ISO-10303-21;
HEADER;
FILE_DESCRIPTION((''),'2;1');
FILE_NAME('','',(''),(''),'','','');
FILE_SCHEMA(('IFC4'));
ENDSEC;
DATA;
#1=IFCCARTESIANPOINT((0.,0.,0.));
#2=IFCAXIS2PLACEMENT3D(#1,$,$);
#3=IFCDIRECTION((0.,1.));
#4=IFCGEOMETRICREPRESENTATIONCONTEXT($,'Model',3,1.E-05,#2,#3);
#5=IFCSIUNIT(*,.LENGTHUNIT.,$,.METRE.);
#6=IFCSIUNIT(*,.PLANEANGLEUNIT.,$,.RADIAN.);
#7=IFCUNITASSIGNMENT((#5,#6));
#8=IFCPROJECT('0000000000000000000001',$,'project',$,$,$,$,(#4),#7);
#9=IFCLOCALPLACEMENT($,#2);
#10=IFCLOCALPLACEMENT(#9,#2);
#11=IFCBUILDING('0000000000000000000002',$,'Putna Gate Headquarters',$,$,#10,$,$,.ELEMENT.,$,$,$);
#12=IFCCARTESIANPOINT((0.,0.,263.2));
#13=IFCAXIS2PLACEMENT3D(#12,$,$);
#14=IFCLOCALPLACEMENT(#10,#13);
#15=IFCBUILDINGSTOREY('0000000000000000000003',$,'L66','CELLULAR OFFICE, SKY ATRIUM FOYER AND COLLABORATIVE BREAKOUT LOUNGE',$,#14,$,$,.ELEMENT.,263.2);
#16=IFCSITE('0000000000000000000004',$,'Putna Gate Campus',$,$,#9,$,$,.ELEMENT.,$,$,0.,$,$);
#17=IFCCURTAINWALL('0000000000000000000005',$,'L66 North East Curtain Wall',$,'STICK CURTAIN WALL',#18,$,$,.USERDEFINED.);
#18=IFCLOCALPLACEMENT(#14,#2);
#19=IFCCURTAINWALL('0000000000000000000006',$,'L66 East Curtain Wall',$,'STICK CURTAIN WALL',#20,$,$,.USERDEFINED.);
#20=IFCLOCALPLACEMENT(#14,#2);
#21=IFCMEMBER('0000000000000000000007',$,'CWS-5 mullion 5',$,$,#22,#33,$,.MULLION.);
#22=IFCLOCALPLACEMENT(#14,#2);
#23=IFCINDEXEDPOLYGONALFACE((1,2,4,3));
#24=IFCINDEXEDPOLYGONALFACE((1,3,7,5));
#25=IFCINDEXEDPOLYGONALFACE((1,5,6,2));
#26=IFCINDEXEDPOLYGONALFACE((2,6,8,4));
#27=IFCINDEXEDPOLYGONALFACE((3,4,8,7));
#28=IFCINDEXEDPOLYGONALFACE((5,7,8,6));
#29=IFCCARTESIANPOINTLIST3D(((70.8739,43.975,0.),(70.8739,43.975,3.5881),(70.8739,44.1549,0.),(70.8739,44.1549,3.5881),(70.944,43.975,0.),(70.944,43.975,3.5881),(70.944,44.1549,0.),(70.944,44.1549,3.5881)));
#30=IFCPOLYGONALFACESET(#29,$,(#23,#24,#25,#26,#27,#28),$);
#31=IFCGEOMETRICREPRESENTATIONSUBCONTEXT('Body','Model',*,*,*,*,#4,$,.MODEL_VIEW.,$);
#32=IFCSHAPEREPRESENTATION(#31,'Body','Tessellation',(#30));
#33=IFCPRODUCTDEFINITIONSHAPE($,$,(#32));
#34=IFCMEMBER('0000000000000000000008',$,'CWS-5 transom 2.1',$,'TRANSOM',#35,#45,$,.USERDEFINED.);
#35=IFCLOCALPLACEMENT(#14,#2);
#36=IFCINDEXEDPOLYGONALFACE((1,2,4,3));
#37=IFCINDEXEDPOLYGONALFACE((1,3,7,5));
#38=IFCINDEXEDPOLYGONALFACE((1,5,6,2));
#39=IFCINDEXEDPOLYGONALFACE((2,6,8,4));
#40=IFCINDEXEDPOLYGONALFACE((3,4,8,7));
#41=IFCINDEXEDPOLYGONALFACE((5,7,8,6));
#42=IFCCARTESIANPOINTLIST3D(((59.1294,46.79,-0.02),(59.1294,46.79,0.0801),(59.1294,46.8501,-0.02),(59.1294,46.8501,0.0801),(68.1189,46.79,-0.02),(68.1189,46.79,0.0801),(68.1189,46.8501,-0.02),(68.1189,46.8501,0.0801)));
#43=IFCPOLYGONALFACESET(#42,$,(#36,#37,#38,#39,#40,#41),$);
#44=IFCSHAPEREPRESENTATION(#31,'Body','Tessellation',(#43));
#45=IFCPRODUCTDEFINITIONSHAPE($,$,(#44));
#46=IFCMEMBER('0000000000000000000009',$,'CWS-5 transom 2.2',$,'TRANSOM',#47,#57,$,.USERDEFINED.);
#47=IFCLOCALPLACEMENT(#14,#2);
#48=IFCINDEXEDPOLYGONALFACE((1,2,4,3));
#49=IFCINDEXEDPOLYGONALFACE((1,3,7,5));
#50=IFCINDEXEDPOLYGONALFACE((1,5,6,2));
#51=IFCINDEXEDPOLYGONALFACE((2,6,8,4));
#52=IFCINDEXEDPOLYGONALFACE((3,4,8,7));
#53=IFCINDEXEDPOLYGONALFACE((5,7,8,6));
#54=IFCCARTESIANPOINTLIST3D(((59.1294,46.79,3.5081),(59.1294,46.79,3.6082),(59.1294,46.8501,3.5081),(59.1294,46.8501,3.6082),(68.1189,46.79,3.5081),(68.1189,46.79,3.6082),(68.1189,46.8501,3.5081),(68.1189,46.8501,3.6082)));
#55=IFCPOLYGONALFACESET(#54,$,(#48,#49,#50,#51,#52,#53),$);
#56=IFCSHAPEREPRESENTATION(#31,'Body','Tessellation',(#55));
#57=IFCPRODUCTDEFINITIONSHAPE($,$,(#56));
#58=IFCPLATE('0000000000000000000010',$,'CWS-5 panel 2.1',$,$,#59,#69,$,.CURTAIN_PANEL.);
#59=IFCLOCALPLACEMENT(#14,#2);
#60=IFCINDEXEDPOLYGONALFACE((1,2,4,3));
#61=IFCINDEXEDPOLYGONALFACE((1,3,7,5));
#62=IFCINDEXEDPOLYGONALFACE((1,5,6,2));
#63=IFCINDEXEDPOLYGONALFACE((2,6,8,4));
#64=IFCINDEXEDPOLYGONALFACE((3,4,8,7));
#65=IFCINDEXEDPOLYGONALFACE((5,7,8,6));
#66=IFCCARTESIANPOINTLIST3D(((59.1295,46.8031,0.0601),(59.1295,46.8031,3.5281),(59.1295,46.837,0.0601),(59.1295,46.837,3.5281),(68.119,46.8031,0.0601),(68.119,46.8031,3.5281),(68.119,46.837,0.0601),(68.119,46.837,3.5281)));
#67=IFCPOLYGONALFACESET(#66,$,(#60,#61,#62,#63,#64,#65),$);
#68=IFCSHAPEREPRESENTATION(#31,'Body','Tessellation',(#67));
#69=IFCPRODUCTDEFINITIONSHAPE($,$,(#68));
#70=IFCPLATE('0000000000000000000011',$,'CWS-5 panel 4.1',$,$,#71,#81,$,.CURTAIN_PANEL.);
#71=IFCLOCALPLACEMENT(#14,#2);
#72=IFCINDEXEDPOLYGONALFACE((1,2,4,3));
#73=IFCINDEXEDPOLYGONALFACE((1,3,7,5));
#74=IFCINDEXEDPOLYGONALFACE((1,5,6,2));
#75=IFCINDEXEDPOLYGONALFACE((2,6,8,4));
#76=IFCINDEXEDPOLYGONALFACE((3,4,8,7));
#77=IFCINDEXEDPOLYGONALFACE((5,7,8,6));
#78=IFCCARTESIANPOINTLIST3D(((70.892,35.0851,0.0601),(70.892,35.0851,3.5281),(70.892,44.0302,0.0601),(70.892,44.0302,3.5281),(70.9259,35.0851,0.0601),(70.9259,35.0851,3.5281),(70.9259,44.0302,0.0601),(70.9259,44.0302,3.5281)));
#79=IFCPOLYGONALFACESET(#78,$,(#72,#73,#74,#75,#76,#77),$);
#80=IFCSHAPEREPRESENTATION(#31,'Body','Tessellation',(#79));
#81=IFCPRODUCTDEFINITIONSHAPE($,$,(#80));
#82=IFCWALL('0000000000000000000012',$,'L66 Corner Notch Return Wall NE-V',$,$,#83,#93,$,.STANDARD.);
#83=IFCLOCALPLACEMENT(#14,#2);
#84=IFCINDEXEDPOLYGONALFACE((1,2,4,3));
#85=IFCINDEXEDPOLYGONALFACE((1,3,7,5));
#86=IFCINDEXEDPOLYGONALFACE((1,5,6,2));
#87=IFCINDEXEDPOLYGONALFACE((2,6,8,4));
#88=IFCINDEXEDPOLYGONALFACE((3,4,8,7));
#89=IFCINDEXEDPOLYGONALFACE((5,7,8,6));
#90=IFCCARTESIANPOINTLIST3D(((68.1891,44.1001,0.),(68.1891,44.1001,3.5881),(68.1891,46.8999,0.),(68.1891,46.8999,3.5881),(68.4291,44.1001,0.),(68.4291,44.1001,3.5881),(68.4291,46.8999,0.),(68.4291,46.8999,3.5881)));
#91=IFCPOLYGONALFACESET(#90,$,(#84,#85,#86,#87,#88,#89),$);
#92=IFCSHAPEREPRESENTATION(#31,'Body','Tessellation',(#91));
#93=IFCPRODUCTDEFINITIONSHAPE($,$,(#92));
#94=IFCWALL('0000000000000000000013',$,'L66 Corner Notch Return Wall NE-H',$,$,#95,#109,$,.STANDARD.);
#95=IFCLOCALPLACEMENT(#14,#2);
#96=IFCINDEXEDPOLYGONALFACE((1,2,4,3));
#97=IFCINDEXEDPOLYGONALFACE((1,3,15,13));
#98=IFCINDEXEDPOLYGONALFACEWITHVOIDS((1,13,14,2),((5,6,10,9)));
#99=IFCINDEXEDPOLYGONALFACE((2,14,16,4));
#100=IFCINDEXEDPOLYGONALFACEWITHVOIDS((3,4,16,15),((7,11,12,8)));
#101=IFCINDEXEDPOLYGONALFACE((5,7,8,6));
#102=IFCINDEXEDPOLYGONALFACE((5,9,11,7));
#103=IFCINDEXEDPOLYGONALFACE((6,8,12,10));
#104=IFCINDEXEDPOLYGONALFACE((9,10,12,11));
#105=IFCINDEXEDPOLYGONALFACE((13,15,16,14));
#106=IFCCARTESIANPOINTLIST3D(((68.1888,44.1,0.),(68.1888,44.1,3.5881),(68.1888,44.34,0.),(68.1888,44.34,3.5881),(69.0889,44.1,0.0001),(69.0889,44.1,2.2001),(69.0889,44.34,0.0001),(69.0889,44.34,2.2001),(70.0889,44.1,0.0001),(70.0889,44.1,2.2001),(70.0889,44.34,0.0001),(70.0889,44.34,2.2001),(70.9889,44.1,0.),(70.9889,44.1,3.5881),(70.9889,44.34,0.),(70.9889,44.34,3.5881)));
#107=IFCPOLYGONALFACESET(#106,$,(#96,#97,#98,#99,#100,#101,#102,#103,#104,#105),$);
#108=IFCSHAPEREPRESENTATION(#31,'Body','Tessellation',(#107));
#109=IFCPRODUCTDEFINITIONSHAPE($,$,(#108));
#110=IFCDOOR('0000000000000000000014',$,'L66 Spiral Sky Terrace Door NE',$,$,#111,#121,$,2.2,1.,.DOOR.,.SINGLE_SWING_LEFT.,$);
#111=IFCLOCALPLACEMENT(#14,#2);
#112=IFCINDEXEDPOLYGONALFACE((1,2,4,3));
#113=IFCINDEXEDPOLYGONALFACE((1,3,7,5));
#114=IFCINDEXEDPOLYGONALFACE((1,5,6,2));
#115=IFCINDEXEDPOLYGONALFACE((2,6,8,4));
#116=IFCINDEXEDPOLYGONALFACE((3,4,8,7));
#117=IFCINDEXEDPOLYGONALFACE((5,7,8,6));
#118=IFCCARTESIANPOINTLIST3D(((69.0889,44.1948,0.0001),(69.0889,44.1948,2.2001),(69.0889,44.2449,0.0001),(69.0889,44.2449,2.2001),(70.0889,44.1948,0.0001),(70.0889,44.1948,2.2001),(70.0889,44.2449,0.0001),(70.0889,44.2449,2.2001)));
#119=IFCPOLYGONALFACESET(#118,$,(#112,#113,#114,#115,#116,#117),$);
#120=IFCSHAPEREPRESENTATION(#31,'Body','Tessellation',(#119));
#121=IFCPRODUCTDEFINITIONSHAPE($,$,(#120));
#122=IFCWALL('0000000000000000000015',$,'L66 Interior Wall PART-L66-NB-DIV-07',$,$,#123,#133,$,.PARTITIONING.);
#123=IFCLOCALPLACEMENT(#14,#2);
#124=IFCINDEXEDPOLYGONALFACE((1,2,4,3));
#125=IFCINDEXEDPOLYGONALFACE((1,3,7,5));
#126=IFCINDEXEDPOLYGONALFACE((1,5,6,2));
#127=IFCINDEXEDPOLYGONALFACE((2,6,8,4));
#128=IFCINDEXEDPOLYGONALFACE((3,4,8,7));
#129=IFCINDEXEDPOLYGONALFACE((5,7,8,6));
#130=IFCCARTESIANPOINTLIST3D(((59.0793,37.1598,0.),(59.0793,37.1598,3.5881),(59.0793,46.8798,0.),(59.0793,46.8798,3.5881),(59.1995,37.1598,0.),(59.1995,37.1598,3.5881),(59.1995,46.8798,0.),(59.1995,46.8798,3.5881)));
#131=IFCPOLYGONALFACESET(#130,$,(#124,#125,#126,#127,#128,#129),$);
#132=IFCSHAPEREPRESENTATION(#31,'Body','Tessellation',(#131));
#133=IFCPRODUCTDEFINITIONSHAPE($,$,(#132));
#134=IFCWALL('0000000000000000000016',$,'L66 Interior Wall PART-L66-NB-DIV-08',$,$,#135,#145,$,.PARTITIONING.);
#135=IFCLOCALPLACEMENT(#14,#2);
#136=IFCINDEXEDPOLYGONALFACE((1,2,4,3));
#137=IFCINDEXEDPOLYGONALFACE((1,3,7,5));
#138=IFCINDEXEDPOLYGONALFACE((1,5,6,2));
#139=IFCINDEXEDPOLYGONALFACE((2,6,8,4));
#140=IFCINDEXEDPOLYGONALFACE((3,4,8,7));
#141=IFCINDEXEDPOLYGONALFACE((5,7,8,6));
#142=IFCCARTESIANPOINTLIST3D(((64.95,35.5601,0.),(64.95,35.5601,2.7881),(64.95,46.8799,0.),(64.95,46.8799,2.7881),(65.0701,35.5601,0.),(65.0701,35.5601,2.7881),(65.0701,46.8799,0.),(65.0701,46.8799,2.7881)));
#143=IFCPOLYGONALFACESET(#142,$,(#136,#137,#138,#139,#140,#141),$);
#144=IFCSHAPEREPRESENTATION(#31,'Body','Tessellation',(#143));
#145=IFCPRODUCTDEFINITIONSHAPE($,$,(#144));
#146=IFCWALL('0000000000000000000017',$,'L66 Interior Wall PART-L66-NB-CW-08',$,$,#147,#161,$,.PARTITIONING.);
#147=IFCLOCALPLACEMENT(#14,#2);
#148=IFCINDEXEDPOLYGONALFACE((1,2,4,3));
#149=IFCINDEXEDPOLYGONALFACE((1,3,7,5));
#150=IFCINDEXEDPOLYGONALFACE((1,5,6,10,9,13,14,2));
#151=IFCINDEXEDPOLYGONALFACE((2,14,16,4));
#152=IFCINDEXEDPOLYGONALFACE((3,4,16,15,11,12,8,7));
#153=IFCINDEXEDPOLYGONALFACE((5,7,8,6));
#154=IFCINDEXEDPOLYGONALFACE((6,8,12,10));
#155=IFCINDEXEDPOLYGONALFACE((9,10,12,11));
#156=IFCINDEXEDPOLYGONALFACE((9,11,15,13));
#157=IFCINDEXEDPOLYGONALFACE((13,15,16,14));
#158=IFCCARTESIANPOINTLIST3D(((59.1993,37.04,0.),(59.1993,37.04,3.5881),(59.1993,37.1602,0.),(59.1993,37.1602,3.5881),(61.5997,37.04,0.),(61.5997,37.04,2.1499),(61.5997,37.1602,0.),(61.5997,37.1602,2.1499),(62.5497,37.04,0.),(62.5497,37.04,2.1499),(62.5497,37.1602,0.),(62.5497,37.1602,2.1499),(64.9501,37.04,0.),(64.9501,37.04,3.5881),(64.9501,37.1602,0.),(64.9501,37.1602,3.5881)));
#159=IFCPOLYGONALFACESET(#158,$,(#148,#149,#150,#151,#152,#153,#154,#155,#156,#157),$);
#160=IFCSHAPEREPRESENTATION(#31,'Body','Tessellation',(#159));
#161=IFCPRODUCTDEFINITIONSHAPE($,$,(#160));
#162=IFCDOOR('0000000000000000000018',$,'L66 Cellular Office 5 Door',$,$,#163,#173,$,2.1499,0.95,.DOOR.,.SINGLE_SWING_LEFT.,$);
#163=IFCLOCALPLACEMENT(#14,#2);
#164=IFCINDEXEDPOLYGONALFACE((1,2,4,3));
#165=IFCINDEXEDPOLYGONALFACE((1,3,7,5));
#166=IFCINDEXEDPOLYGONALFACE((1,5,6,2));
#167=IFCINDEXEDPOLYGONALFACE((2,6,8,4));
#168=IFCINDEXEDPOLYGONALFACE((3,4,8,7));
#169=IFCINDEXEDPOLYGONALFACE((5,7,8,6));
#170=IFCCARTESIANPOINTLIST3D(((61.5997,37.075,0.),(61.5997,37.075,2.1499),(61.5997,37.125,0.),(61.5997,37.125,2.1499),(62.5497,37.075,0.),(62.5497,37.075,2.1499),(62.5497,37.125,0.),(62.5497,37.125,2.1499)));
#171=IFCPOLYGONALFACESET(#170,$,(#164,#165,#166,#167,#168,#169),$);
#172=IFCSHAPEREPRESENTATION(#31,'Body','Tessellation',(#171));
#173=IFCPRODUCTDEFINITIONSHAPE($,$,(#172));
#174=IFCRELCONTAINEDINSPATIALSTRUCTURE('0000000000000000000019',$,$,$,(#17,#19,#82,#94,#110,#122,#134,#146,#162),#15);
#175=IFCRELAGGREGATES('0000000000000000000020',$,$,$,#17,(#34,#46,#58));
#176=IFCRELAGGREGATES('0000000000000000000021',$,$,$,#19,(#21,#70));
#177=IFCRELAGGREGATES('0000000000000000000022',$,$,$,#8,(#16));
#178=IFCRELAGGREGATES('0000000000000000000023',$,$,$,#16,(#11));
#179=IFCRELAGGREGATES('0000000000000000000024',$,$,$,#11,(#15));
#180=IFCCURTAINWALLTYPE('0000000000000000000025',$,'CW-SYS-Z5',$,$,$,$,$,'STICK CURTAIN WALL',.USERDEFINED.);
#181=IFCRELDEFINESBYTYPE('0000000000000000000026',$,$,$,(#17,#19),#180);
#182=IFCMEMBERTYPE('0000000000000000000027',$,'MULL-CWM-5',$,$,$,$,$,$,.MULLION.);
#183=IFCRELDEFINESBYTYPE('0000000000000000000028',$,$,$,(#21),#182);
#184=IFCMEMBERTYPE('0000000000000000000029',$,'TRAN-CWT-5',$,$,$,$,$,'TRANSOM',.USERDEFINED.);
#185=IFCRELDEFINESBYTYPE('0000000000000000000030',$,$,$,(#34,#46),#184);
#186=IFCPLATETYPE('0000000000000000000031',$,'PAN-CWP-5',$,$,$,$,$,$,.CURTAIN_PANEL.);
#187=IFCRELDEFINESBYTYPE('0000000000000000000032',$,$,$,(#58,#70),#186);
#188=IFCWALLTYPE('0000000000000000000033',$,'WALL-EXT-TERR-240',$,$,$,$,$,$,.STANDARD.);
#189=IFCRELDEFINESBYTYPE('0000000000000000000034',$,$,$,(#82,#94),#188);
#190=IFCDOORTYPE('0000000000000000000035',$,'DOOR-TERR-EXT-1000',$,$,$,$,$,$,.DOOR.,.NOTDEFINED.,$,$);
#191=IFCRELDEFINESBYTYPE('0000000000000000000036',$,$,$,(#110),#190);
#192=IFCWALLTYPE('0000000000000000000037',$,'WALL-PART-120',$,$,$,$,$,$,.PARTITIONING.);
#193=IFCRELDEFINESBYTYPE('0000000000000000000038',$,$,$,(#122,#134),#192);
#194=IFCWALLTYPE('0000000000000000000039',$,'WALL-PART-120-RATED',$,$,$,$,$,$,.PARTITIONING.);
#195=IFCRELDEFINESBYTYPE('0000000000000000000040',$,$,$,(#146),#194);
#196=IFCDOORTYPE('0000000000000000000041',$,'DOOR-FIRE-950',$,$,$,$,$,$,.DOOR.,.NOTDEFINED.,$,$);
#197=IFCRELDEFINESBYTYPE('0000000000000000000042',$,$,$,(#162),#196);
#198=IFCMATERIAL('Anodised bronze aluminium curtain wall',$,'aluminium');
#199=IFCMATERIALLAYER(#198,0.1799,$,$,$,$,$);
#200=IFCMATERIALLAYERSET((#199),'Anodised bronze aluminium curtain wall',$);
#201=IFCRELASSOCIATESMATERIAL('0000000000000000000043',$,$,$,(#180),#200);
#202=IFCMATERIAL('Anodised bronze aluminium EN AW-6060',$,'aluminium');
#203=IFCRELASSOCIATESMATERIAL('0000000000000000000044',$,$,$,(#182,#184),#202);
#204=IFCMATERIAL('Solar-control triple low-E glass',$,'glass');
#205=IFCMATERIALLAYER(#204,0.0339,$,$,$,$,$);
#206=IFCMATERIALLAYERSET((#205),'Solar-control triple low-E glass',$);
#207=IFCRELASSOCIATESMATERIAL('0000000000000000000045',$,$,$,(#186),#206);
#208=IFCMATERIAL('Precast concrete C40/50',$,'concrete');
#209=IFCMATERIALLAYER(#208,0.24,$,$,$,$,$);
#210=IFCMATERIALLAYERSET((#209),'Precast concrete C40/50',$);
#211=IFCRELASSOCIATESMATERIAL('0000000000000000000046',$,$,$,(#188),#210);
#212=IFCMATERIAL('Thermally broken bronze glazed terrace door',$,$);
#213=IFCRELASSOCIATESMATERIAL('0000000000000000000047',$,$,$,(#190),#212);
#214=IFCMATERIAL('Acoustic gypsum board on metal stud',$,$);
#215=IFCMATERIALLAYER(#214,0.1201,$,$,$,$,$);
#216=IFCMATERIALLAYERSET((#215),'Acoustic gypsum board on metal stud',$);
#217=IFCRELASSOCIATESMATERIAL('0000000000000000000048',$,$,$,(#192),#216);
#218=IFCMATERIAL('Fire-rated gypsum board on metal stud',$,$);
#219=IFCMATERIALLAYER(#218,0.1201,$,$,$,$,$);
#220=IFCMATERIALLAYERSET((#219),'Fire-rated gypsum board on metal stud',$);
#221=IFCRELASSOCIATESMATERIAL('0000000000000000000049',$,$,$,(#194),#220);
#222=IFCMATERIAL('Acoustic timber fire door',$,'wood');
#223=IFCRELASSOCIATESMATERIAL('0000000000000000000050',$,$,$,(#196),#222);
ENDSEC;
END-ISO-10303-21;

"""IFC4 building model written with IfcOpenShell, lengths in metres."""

from ifc_helpers import new_model, si_unit, direction, frame, frame_2d, origin, origin_2d, place, context, subcontext, project, spatial, rectangle, extrude, material, layer, layer_set, material_profile, profile_set, type_object, element, fill, aggregate, save


model = new_model("IFC4")

# Units and contexts
model_context = context("Model", 3, precision=1e-05, world=origin(), true_north=direction((0.0, 1.0)))
body_context = subcontext(model_context, "Body", "Model", "MODEL_VIEW")
ifc_project = project(units=[si_unit("LENGTHUNIT", "METRE"), si_unit("PLANEANGLEUNIT", "RADIAN")], contexts=[model_context])

# Site, building, storey
site_placement = place(None, origin())
site = spatial("IfcSite", under=ifc_project, at=site_placement, Name="Putna Gate Campus", CompositionType="ELEMENT", RefElevation=0.0)
building_placement = place(site_placement, origin())
building = spatial("IfcBuilding", under=site, at=building_placement, Name="Putna Gate Headquarters", CompositionType="ELEMENT")
storey_placement = place(building_placement, frame((0.0, 0.0, 263.2)))
storey = spatial("IfcBuildingStorey", under=building, at=storey_placement, Name="L66", Description="CELLULAR OFFICE, SKY ATRIUM FOYER AND COLLABORATIVE BREAKOUT LOUNGE", CompositionType="ELEMENT", Elevation=263.2)

# Curtain wall
ifc_material_1 = material(Name="Anodised bronze aluminium curtain wall", Category="aluminium")
ifc_layer_1 = layer(ifc_material_1, 0.1799)
ifc_layer_set_1 = layer_set([ifc_layer_1], Name="Anodised bronze aluminium curtain wall")
curtain_wall_type = type_object("IfcCurtainWallType", Name="CW-SYS-Z5", ElementType="STICK CURTAIN WALL", PredefinedType="USERDEFINED", material=ifc_layer_set_1)
curtain_wall_1_placement = place(storey_placement, origin())
curtain_wall_1 = element("IfcCurtainWall", 1, at=curtain_wall_1_placement, inside=storey, type_object=curtain_wall_type, Name="L66 North East Curtain Wall", ObjectType="STICK CURTAIN WALL", PredefinedType="USERDEFINED")
ifc_material_2 = material(Name="Anodised bronze aluminium EN AW-6060", Category="aluminium")
ifc_material_profile_1 = material_profile(ifc_material_2, rectangle(XDim=0.0701, YDim=0.1799, at=origin_2d()), Name="Anodised bronze aluminium EN AW-6060")
ifc_profile_set_1 = profile_set([ifc_material_profile_1], Name="Anodised bronze aluminium EN AW-6060")
member_type_1 = type_object("IfcMemberType", Name="MULL-CWM-5", PredefinedType="MULLION", material=ifc_profile_set_1)

# Curtain wall, member
curtain_wall_2_placement = place(storey_placement, origin())
curtain_wall_2 = element("IfcCurtainWall", 2, at=curtain_wall_2_placement, inside=storey, type_object=curtain_wall_type, Name="L66 East Curtain Wall", ObjectType="STICK CURTAIN WALL", PredefinedType="USERDEFINED")
member_1_placement = place(storey_placement, frame((70.9089, 44.0649, 0.0), z_axis=(0.0, 0.0, 1.0), x_axis=(-1.0, 0.0, 0.0)))
member_1 = element("IfcMember", 3, at=member_1_placement, type_object=member_type_1, Name="CWS-5 mullion 5", PredefinedType="MULLION", context=body_context, shape_type="SweptSolid", body=[
    extrude(rectangle(XDim=0.0701, YDim=0.1799, at=origin_2d()), origin(), (0.0, 0.0, 1.0), 3.5881),
])

# Members
ifc_material_profile_2 = material_profile(ifc_material_2, rectangle(XDim=0.0601, YDim=0.1001, at=origin_2d()), Name="Anodised bronze aluminium EN AW-6060")
ifc_profile_set_2 = profile_set([ifc_material_profile_2], Name="Anodised bronze aluminium EN AW-6060")
member_type_2 = type_object("IfcMemberType", Name="TRAN-CWT-5", ElementType="TRANSOM", PredefinedType="USERDEFINED", material=ifc_profile_set_2)
member_2_placement = place(storey_placement, frame((59.1294, 46.8201, 0.03), z_axis=(1.0, 0.0, 0.0), x_axis=(0.0, 1.0, 0.0)))
member_2 = element("IfcMember", 4, at=member_2_placement, type_object=member_type_2, Name="CWS-5 transom 2.1", ObjectType="TRANSOM", PredefinedType="USERDEFINED", context=body_context, shape_type="SweptSolid", body=[
    extrude(rectangle(XDim=0.0601, YDim=0.1001, at=origin_2d()), origin(), (0.0, 0.0, 1.0), 8.9895),
])
member_3_placement = place(storey_placement, frame((59.1294, 46.8201, 3.5581), z_axis=(1.0, 0.0, 0.0), x_axis=(0.0, 1.0, 0.0)))
member_3 = element("IfcMember", 5, at=member_3_placement, type_object=member_type_2, Name="CWS-5 transom 2.2", ObjectType="TRANSOM", PredefinedType="USERDEFINED", context=body_context, shape_type="SweptSolid", body=[
    extrude(rectangle(XDim=0.0601, YDim=0.1001, at=origin_2d()), origin(), (0.0, 0.0, 1.0), 8.9895),
])

# Plates
ifc_material_3 = material(Name="Solar-control triple low-E glass", Category="glass")
ifc_layer_2 = layer(ifc_material_3, 0.0339)
ifc_layer_set_2 = layer_set([ifc_layer_2], Name="Solar-control triple low-E glass")
plate_type = type_object("IfcPlateType", Name="PAN-CWP-5", PredefinedType="CURTAIN_PANEL", material=ifc_layer_set_2)
plate_1_placement = place(storey_placement, frame((63.6243, 46.8201, 0.0601), z_axis=(0.0, 0.0, 1.0), x_axis=(1.0, 0.0, 0.0)))
plate_1 = element("IfcPlate", 6, at=plate_1_placement, type_object=plate_type, Name="CWS-5 panel 2.1", PredefinedType="CURTAIN_PANEL", context=body_context, shape_type="SweptSolid", body=[
    extrude(rectangle(XDim=8.9895, YDim=0.0339, at=origin_2d()), origin(), (0.0, 0.0, 1.0), 3.468),
])
aggregate(curtain_wall_1, [member_2, member_3, plate_1])
plate_2_placement = place(storey_placement, frame((70.9089, 39.5576, 0.0601), z_axis=(0.0, 0.0, 1.0), x_axis=(0.0, 1.0, 0.0)))
plate_2 = element("IfcPlate", 7, at=plate_2_placement, type_object=plate_type, Name="CWS-5 panel 4.1", PredefinedType="CURTAIN_PANEL", context=body_context, shape_type="SweptSolid", body=[
    extrude(rectangle(XDim=8.9451, YDim=0.0339, at=origin_2d()), origin(), (0.0, 0.0, 1.0), 3.468),
])
aggregate(curtain_wall_2, [member_1, plate_2])

# Wall
ifc_material_4 = material(Name="Precast concrete C40/50", Category="concrete")
ifc_layer_3 = layer(ifc_material_4, 0.24)
ifc_layer_set_3 = layer_set([ifc_layer_3], Name="Precast concrete C40/50")
wall_type_1 = type_object("IfcWallType", Name="WALL-EXT-TERR-240", PredefinedType="STANDARD", material=ifc_layer_set_3)
wall_1_placement = place(storey_placement, frame((68.3091, 46.8999, 0.0), z_axis=(0.0, 0.0, 1.0), x_axis=(0.0, -1.0, 0.0)))
element("IfcWall", 8, at=wall_1_placement, inside=storey, type_object=wall_type_1, Name="L66 Corner Notch Return Wall NE-V", PredefinedType="STANDARD", context=body_context, shape_type="SweptSolid", body=[
    extrude(rectangle(XDim=2.7998, YDim=0.24, at=frame_2d((1.3999, 0.0))), origin(), (0.0, 0.0, 1.0), 3.5881),
])

# Wall, opening, door
wall_2_placement = place(storey_placement, frame((68.189, 44.22, 0.0), z_axis=(0.0, 0.0, 1.0), x_axis=(1.0, 0.0, 0.0)))
wall_2 = element("IfcWall", 9, at=wall_2_placement, inside=storey, type_object=wall_type_1, Name="L66 Corner Notch Return Wall NE-H", PredefinedType="STANDARD", context=body_context, shape_type="SweptSolid", body=[
    extrude(rectangle(XDim=2.8, YDim=0.24, at=frame_2d((1.3999, 0.0))), origin(), (0.0, 0.0, 1.0), 3.5881),
])
opening_1_placement = place(wall_2_placement, frame((0.8999, 0.0, 0.0)))
opening_1 = element("IfcOpeningElement", 10, at=opening_1_placement, cuts=wall_2, PredefinedType="OPENING", context=body_context, shape_type="SweptSolid", body=[
    extrude(rectangle(XDim=1.0, YDim=2.2, at=frame_2d((0.5, 1.1001))), frame((0.0, 0.1299, 0.0), z_axis=(0.0, -1.0, 0.0), x_axis=(1.0, 0.0, 0.0)), (0.0, 0.0, 1.0), 0.26),
])
ifc_material_5 = material(Name="Thermally broken bronze glazed terrace door")
door_type_1 = type_object("IfcDoorType", Name="DOOR-TERR-EXT-1000", OperationType="NOTDEFINED", PredefinedType="DOOR", material=ifc_material_5)
door_1_placement = place(opening_1_placement, origin())
door_1 = element("IfcDoor", 11, at=door_1_placement, inside=storey, type_object=door_type_1, Name="L66 Spiral Sky Terrace Door NE", OperationType="SINGLE_SWING_LEFT", OverallHeight=2.2, OverallWidth=1.0, PredefinedType="DOOR", context=body_context, shape_type="SweptSolid", body=[
    extrude(rectangle(XDim=1.0, YDim=2.2, at=frame_2d((0.5, 1.1001))), frame((0.0, 0.0249, 0.0), z_axis=(0.0, -1.0, 0.0), x_axis=(1.0, 0.0, 0.0)), (0.0, 0.0, 1.0), 0.05),
])
fill(opening_1, door_1)

# Walls
ifc_material_6 = material(Name="Acoustic gypsum board on metal stud")
ifc_layer_4 = layer(ifc_material_6, 0.1201)
ifc_layer_set_4 = layer_set([ifc_layer_4], Name="Acoustic gypsum board on metal stud")
wall_type_2 = type_object("IfcWallType", Name="WALL-PART-120", PredefinedType="PARTITIONING", material=ifc_layer_set_4)
wall_3_placement = place(storey_placement, frame((59.1394, 37.1599, 0.0), z_axis=(0.0, 0.0, 1.0), x_axis=(0.0, 1.0, 0.0)))
element("IfcWall", 12, at=wall_3_placement, inside=storey, type_object=wall_type_2, Name="L66 Interior Wall PART-L66-NB-DIV-07", PredefinedType="PARTITIONING", context=body_context, shape_type="SweptSolid", body=[
    extrude(rectangle(XDim=9.72, YDim=0.1201, at=frame_2d((4.8599, 0.0))), origin(), (0.0, 0.0, 1.0), 3.5881),
])
wall_4_placement = place(storey_placement, frame((65.01, 35.5601, 0.0), z_axis=(0.0, 0.0, 1.0), x_axis=(0.0, 1.0, 0.0)))
element("IfcWall", 13, at=wall_4_placement, inside=storey, type_object=wall_type_2, Name="L66 Interior Wall PART-L66-NB-DIV-08", PredefinedType="PARTITIONING", context=body_context, shape_type="SweptSolid", body=[
    extrude(rectangle(XDim=11.3198, YDim=0.1201, at=frame_2d((5.6599, 0.0))), origin(), (0.0, 0.0, 1.0), 2.7881),
])

# Wall, opening, door
ifc_material_7 = material(Name="Fire-rated gypsum board on metal stud")
ifc_layer_5 = layer(ifc_material_7, 0.1201)
ifc_layer_set_5 = layer_set([ifc_layer_5], Name="Fire-rated gypsum board on metal stud")
wall_type_3 = type_object("IfcWallType", Name="WALL-PART-120-RATED", PredefinedType="PARTITIONING", material=ifc_layer_set_5)
wall_5_placement = place(storey_placement, frame((59.1992, 37.1001, 0.0), z_axis=(0.0, 0.0, 1.0), x_axis=(1.0, 0.0, 0.0)))
wall_5 = element("IfcWall", 14, at=wall_5_placement, inside=storey, type_object=wall_type_3, Name="L66 Interior Wall PART-L66-NB-CW-08", PredefinedType="PARTITIONING", context=body_context, shape_type="SweptSolid", body=[
    extrude(rectangle(XDim=5.7507, YDim=0.1201, at=frame_2d((2.8755, 0.0))), origin(), (0.0, 0.0, 1.0), 3.5881),
])
opening_2_placement = place(wall_5_placement, frame((2.4004, 0.0, 0.0)))
opening_2 = element("IfcOpeningElement", 15, at=opening_2_placement, cuts=wall_5, PredefinedType="OPENING", context=body_context, shape_type="SweptSolid", body=[
    extrude(rectangle(XDim=0.95, YDim=2.1499, at=frame_2d((0.4751, 1.075))), frame((0.0, 0.0701, 0.0), z_axis=(0.0, -1.0, 0.0), x_axis=(1.0, 0.0, 0.0)), (0.0, 0.0, 1.0), 0.1401),
])
ifc_material_8 = material(Name="Acoustic timber fire door", Category="wood")
door_type_2 = type_object("IfcDoorType", Name="DOOR-FIRE-950", OperationType="NOTDEFINED", PredefinedType="DOOR", material=ifc_material_8)
door_2_placement = place(opening_2_placement, origin())
door_2 = element("IfcDoor", 16, at=door_2_placement, inside=storey, type_object=door_type_2, Name="L66 Cellular Office 5 Door", OperationType="SINGLE_SWING_LEFT", OverallHeight=2.1499, OverallWidth=0.95, PredefinedType="DOOR", context=body_context, shape_type="SweptSolid", body=[
    extrude(rectangle(XDim=0.95, YDim=2.1499, at=frame_2d((0.4751, 1.075))), frame((0.0, 0.0249, 0.0), z_axis=(0.0, -1.0, 0.0), x_axis=(1.0, 0.0, 0.0)), (0.0, 0.0, 1.0), 0.05),
])
fill(opening_2, door_2)

save(model, "model.ifc")
